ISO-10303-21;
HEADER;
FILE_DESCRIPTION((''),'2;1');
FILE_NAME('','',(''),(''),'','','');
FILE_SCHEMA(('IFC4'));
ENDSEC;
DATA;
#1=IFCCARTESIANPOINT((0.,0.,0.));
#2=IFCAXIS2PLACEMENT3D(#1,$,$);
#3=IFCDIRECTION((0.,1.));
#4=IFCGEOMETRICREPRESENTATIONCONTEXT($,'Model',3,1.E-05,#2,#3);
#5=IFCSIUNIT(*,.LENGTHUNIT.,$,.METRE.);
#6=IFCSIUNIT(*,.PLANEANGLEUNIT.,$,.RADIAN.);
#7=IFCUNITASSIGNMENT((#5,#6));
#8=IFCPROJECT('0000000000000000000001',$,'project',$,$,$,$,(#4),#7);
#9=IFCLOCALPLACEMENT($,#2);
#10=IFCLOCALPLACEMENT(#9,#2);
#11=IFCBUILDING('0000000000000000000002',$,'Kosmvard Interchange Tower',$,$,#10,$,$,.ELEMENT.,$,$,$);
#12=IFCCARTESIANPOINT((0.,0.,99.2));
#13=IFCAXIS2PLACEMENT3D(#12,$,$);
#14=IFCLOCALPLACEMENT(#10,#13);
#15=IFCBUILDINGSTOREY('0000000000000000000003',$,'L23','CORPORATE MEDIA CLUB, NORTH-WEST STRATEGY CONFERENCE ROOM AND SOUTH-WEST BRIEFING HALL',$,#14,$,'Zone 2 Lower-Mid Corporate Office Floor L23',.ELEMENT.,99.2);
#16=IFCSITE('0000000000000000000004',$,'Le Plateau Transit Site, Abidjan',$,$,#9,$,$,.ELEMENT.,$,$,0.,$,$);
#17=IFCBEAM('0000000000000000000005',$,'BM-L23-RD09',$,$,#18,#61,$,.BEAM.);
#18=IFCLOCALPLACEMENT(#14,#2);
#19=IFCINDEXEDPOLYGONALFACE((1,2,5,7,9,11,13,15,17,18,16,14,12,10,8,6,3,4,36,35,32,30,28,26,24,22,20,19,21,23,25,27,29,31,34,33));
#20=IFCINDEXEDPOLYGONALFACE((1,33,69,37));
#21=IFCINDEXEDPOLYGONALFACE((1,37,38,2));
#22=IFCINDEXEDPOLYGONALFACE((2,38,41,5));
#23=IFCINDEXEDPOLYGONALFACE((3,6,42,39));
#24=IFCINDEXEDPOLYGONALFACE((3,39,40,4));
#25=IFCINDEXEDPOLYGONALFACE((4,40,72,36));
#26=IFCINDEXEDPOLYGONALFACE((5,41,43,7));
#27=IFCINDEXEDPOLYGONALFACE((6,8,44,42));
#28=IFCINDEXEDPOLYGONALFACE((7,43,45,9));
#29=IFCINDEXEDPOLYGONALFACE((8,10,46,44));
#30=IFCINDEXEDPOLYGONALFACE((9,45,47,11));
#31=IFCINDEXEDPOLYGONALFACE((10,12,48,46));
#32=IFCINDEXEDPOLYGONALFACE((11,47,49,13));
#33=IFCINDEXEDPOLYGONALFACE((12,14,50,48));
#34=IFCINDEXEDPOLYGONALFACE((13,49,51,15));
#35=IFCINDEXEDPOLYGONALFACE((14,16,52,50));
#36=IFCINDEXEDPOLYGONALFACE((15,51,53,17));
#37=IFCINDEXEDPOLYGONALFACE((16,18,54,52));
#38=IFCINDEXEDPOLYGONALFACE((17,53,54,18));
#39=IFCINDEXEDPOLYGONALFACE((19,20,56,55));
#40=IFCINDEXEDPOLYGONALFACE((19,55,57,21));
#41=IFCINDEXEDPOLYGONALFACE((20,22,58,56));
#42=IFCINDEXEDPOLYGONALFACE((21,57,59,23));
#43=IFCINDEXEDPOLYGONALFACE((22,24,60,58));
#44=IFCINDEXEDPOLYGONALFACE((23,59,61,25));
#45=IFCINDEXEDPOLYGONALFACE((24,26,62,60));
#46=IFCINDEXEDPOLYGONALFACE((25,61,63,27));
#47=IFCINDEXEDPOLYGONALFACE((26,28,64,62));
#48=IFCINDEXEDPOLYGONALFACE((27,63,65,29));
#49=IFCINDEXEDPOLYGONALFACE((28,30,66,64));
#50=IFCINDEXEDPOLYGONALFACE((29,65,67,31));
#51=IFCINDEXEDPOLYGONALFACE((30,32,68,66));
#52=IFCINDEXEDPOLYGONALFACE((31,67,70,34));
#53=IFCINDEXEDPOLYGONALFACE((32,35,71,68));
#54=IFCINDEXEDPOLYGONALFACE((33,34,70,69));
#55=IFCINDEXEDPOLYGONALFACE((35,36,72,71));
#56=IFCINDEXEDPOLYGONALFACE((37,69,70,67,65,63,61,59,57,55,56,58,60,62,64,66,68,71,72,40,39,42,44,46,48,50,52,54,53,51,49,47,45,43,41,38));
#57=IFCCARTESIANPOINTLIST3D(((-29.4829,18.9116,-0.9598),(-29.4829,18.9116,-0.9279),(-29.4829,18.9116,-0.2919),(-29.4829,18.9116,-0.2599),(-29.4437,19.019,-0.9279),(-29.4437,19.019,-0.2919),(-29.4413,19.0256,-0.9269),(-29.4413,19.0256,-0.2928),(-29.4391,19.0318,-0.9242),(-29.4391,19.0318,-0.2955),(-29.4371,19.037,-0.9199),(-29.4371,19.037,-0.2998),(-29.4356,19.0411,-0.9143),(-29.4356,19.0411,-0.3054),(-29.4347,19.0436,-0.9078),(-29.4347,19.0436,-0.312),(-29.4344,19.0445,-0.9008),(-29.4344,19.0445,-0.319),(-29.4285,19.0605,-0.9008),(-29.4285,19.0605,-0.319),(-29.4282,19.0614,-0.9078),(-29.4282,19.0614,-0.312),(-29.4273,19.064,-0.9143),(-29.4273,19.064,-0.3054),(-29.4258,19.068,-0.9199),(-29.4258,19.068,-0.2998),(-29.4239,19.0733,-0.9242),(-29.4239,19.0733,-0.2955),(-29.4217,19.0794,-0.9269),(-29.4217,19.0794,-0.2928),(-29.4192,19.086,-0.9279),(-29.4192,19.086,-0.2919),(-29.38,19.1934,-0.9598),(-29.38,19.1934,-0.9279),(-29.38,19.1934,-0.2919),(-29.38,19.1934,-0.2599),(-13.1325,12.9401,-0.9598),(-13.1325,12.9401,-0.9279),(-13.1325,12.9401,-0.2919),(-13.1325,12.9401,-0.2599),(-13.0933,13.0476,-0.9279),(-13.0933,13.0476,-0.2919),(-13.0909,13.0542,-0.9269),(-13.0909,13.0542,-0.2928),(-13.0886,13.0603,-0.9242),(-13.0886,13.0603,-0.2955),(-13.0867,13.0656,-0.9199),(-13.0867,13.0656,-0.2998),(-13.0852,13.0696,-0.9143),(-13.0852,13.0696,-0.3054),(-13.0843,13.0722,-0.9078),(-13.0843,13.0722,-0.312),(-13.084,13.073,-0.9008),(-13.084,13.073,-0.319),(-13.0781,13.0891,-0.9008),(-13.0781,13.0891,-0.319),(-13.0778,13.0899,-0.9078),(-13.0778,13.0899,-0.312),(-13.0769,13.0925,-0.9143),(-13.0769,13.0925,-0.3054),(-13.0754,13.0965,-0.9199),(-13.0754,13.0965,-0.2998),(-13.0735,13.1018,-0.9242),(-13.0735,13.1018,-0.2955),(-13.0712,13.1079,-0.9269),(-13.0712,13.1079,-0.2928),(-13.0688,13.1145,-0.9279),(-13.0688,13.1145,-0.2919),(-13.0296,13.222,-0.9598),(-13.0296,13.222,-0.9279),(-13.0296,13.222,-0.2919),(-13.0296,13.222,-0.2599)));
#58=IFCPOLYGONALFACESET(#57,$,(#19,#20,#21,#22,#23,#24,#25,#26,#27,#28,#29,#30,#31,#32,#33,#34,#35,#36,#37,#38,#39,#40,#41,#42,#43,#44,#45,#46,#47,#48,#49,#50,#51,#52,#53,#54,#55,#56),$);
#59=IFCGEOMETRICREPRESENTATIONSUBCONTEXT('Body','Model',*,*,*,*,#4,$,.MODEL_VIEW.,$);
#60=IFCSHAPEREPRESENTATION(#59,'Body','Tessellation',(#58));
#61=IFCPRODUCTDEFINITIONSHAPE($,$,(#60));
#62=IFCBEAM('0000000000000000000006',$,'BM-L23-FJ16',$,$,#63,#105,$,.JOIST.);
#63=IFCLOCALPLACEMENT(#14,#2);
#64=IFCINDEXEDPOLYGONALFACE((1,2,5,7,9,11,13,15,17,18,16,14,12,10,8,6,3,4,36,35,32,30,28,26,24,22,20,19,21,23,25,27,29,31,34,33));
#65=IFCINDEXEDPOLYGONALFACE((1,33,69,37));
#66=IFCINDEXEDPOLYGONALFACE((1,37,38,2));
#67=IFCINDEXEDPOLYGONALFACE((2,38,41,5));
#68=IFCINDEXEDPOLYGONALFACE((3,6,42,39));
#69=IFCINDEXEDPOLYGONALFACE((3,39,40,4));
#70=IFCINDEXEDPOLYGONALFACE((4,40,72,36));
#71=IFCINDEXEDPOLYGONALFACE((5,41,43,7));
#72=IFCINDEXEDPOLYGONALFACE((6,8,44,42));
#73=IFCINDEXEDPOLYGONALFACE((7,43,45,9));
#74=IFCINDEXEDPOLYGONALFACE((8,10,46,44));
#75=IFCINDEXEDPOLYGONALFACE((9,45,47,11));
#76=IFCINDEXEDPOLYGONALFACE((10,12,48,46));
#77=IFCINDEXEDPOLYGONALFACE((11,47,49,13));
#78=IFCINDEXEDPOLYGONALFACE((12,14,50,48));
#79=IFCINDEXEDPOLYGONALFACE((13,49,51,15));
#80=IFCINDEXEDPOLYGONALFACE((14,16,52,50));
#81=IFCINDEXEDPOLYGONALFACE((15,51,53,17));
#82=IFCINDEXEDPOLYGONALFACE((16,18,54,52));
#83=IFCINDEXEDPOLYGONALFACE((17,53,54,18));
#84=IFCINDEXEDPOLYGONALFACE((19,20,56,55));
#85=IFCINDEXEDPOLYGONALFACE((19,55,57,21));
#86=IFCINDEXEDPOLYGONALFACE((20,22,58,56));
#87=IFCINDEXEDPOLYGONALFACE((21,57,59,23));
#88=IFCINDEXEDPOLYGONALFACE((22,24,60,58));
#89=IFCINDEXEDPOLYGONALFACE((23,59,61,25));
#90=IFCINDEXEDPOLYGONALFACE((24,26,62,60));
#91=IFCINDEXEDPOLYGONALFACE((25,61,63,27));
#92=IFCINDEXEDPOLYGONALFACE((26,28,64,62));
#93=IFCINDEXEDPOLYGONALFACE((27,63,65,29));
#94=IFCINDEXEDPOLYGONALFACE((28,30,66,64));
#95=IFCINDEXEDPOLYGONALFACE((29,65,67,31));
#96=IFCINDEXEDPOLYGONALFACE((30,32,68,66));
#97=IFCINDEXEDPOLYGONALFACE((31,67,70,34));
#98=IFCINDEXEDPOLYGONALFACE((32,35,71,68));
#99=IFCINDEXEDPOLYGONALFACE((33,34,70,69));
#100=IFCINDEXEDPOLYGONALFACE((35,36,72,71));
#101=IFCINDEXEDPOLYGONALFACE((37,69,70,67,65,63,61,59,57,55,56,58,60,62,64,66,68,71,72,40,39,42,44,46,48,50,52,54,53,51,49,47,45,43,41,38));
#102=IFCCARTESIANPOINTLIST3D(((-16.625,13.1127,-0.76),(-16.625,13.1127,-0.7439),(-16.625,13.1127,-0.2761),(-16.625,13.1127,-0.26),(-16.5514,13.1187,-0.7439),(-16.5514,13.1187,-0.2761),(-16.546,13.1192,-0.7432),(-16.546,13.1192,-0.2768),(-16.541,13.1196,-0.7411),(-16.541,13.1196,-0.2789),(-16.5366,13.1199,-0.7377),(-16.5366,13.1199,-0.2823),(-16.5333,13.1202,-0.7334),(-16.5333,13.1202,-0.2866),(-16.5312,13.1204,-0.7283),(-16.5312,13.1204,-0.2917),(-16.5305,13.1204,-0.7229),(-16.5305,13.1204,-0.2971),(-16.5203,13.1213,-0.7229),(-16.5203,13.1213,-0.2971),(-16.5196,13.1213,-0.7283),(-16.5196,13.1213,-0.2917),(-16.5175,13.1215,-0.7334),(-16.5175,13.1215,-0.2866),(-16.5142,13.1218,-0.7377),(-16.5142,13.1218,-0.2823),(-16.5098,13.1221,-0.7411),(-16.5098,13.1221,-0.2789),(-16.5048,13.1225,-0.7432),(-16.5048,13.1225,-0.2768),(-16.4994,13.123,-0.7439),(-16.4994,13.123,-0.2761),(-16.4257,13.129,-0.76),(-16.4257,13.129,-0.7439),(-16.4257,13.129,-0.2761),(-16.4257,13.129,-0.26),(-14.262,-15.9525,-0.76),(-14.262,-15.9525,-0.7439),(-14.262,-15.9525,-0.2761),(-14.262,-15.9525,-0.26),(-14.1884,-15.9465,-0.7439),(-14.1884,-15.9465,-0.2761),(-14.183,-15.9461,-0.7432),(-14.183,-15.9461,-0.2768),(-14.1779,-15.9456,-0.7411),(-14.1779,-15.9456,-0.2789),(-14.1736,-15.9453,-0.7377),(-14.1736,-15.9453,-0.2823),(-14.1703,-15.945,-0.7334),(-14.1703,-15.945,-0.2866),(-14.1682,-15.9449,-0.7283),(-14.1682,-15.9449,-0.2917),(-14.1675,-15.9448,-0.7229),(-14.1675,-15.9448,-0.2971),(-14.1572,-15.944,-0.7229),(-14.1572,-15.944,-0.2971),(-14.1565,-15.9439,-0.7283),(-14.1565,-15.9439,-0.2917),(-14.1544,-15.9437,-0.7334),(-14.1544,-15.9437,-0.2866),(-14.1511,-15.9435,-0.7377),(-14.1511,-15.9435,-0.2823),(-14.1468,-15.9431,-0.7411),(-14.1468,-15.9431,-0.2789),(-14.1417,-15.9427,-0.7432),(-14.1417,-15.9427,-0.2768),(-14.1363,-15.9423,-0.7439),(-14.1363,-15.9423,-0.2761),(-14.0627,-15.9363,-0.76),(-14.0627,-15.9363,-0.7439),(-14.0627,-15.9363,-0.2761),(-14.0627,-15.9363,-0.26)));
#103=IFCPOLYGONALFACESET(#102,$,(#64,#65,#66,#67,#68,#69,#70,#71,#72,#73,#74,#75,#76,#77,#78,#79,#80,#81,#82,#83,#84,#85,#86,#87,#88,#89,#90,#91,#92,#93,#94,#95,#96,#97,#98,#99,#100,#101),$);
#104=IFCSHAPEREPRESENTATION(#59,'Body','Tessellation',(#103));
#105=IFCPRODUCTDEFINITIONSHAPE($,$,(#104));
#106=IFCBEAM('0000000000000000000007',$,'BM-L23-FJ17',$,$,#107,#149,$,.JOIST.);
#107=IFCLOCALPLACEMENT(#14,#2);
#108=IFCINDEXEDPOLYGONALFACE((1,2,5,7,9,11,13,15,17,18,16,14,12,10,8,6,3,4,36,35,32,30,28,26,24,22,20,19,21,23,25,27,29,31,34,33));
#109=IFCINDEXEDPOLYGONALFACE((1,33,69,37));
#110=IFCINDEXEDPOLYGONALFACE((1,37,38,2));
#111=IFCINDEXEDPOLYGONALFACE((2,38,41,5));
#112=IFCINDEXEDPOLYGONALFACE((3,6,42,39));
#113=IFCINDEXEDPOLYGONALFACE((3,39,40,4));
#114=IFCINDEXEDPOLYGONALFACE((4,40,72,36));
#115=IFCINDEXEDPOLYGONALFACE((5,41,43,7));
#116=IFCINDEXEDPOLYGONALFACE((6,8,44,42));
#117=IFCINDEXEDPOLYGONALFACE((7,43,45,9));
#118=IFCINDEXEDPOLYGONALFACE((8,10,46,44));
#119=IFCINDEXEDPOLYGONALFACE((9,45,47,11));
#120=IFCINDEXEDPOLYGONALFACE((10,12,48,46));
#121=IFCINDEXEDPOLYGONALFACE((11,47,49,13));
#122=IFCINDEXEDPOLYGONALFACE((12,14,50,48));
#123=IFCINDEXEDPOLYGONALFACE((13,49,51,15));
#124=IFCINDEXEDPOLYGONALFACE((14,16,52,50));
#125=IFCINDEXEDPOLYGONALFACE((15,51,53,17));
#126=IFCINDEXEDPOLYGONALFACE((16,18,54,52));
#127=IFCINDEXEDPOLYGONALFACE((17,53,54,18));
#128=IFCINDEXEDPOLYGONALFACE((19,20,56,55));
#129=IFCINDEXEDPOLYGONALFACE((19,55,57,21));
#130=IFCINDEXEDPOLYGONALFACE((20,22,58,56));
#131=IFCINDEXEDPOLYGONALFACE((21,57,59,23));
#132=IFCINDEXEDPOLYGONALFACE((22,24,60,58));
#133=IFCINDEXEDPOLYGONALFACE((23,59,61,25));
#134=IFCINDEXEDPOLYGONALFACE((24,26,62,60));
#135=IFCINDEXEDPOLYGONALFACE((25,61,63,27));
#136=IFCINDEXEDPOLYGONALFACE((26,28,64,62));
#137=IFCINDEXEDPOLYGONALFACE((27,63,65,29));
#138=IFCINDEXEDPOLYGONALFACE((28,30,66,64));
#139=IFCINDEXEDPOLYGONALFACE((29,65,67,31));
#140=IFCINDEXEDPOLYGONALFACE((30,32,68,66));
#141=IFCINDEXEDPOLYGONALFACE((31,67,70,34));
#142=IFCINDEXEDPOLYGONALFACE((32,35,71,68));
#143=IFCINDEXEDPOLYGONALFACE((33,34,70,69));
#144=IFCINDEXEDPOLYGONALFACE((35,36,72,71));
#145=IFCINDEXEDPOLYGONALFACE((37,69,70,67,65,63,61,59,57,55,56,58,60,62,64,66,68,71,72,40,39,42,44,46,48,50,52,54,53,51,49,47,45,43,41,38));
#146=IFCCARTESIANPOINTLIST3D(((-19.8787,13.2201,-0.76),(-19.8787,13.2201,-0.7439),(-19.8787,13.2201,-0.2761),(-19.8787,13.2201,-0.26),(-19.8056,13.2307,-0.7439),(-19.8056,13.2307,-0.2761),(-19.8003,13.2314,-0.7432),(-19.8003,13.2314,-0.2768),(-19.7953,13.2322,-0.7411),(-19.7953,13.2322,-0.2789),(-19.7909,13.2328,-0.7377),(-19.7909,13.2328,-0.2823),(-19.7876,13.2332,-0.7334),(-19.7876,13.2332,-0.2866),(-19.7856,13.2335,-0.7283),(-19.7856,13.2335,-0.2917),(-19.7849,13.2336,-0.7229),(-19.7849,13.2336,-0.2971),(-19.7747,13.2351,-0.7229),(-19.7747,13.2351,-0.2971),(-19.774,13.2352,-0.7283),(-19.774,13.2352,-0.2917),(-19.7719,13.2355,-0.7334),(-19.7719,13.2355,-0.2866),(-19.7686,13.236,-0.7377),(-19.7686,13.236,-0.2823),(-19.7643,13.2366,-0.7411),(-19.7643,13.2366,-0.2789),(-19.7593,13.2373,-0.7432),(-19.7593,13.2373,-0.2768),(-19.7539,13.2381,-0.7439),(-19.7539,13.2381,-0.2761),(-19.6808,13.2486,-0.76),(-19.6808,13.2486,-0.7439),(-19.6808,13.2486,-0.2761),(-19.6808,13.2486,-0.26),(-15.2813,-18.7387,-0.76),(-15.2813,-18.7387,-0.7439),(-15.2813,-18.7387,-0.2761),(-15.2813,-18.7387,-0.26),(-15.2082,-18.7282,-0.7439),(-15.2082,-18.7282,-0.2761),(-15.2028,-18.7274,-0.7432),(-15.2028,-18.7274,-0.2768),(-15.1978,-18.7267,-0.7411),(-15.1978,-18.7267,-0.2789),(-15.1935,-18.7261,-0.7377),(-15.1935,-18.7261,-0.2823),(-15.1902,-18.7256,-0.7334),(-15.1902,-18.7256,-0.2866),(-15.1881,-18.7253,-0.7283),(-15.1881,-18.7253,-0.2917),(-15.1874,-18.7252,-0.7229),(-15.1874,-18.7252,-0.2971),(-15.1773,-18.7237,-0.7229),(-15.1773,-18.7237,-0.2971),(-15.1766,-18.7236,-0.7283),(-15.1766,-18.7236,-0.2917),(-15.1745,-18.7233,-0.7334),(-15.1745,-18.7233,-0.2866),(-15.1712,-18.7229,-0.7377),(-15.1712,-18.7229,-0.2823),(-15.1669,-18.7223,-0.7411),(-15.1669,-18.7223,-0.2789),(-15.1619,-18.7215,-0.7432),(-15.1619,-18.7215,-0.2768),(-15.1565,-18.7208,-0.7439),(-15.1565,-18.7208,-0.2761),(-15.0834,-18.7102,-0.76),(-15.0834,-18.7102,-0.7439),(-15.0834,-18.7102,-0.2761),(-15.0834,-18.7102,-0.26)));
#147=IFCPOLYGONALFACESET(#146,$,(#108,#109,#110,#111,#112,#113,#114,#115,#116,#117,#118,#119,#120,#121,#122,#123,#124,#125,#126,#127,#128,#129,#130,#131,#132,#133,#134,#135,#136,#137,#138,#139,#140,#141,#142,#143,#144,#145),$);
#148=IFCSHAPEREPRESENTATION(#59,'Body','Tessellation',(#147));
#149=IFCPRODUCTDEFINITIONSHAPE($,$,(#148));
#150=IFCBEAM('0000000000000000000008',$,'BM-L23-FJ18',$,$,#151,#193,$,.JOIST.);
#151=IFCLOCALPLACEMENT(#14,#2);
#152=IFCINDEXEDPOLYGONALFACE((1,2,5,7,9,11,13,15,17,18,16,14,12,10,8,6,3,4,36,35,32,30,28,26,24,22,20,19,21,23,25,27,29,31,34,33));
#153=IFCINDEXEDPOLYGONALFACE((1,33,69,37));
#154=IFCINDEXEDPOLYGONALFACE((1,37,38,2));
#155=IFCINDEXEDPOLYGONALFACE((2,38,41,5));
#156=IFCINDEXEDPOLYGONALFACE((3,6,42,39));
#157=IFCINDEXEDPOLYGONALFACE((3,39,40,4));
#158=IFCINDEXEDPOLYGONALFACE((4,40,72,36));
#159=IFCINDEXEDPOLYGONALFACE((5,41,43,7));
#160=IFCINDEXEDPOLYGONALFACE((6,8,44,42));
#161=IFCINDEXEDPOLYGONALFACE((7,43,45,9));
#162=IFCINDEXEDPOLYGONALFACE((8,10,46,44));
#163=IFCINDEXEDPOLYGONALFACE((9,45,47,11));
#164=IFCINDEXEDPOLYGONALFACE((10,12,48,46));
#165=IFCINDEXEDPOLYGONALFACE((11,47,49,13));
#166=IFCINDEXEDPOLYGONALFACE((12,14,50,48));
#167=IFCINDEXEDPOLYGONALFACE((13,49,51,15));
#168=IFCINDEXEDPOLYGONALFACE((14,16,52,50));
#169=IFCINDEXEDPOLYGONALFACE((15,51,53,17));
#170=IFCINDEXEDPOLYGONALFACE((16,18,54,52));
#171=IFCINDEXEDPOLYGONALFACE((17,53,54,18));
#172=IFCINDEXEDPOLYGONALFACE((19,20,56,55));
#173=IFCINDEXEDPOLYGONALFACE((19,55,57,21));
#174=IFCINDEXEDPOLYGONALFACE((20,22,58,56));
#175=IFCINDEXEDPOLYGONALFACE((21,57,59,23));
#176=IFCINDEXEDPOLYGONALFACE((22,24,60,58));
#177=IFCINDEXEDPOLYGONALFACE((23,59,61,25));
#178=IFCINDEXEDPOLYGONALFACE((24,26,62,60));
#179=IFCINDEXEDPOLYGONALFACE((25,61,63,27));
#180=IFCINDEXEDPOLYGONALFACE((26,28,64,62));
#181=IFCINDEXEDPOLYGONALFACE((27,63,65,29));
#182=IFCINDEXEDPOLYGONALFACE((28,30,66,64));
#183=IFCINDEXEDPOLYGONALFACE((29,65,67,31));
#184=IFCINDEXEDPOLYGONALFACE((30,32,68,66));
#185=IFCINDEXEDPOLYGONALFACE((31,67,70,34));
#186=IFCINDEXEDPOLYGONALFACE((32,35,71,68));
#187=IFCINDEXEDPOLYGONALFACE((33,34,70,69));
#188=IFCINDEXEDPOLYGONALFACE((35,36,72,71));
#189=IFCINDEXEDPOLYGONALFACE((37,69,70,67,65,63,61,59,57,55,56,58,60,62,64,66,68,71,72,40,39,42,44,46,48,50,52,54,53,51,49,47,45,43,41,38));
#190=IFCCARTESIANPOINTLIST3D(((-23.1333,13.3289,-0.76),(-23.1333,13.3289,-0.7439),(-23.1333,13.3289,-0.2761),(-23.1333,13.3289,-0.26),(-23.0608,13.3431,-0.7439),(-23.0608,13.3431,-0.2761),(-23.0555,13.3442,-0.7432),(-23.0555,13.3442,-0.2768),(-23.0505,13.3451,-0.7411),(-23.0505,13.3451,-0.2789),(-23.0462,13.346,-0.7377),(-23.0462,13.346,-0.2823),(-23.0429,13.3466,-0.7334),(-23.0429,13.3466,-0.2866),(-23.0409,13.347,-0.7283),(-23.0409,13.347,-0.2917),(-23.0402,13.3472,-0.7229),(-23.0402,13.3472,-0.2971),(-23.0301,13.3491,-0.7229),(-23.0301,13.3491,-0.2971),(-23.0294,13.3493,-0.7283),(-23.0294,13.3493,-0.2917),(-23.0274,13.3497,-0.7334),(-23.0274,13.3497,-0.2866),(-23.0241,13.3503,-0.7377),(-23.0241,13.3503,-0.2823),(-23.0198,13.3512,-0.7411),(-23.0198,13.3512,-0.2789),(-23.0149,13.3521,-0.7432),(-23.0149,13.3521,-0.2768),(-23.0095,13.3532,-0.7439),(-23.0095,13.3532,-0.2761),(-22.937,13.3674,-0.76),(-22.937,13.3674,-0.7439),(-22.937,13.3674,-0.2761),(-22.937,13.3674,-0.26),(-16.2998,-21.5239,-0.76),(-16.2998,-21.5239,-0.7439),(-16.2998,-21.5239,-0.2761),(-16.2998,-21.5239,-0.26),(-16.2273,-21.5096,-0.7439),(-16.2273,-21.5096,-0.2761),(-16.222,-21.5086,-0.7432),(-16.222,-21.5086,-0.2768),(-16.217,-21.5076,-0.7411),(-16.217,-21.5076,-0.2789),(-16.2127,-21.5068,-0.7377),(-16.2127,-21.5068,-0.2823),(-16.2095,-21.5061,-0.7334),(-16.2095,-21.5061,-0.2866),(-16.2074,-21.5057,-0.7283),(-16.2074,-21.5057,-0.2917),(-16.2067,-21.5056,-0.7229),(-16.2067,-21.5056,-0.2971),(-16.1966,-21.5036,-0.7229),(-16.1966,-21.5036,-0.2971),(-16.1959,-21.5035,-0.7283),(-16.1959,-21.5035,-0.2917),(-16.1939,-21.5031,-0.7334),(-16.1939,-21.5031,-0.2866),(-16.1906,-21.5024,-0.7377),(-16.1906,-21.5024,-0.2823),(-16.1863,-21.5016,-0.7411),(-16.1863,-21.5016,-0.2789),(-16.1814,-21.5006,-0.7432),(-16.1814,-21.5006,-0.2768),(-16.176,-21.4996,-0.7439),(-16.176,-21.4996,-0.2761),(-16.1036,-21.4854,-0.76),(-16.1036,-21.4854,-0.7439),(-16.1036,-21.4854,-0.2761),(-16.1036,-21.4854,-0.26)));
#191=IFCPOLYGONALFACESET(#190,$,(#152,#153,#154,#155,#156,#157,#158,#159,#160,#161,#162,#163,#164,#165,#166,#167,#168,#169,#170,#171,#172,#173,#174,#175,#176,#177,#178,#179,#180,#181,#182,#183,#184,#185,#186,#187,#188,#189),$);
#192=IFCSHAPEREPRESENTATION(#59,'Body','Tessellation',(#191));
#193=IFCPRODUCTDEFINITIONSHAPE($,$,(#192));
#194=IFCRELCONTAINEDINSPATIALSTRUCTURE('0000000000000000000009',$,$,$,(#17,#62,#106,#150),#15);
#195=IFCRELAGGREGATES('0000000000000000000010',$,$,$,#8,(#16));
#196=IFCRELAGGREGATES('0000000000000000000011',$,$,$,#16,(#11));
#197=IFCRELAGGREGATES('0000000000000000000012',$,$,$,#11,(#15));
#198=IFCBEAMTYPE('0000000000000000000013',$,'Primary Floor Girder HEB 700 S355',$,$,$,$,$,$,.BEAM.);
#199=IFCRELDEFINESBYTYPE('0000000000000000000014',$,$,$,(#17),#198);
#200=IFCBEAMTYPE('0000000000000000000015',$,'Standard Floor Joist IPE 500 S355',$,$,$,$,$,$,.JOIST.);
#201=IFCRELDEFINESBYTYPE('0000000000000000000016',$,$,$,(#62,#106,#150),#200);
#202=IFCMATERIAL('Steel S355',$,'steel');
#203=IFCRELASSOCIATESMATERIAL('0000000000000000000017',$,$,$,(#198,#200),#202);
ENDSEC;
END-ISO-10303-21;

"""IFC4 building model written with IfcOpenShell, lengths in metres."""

from ifc_helpers import new_model, si_unit, direction, frame, origin, origin_2d, place, context, subcontext, project, spatial, i_section, extrude, source, transform, mapped, material, material_profile, profile_set, type_object, element, save


model = new_model("IFC4")

# Units and contexts
model_context = context("Model", 3, precision=1e-05, world=origin(), true_north=direction((0.0, 1.0)))
body_context = subcontext(model_context, "Body", "Model", "MODEL_VIEW")
ifc_project = project(units=[si_unit("LENGTHUNIT", "METRE"), si_unit("PLANEANGLEUNIT", "RADIAN")], contexts=[model_context])

# Site, building, storey
site_placement = place(None, origin())
site = spatial("IfcSite", under=ifc_project, at=site_placement, Name="Le Plateau Transit Site, Abidjan", CompositionType="ELEMENT", RefElevation=0.0)
building_placement = place(site_placement, origin())
building = spatial("IfcBuilding", under=site, at=building_placement, Name="Kosmvard Interchange Tower", CompositionType="ELEMENT")
storey_placement = place(building_placement, frame((0.0, 0.0, 99.2)))
storey = spatial("IfcBuildingStorey", under=building, at=storey_placement, Name="L23", Description="CORPORATE MEDIA CLUB, NORTH-WEST STRATEGY CONFERENCE ROOM AND SOUTH-WEST BRIEFING HALL", LongName="Zone 2 Lower-Mid Corporate Office Floor L23", CompositionType="ELEMENT", Elevation=99.2)

# Beams
ifc_material_1 = material(Name="Steel S355", Category="steel")
ifc_material_profile_1 = material_profile(ifc_material_1, i_section(OverallWidth=0.3, OverallDepth=0.7, WebThickness=0.0171, FlangeThickness=0.032, FilletRadius=0.0271, at=origin_2d()), Name="HEB 700")
ifc_profile_set_1 = profile_set([ifc_material_profile_1], Name="Steel S355")
beam_type_1 = type_object("IfcBeamType", Name="Primary Floor Girder HEB 700 S355", PredefinedType="BEAM", material=ifc_profile_set_1)
shared_shape_1 = source(origin(), body_context, "Body", "SweptSolid", [
    extrude(i_section(OverallWidth=0.3, OverallDepth=0.7, WebThickness=0.0171, FlangeThickness=0.032, FilletRadius=0.0271, at=origin_2d()), origin(), (0.0, 0.0, 1.0), 17.4067),
])
beam_1_placement = place(storey_placement, frame((-13.0811, 13.0811, -0.6099), z_axis=(-0.939315, 0.343055, 0.0), x_axis=(-0.343055, -0.939315, 0.0)))
element("IfcBeam", 1, at=beam_1_placement, inside=storey, type_object=beam_type_1, Name="BM-L23-RD09", PredefinedType="BEAM", context=body_context, shape_type="MappedRepresentation", body=[
    mapped(shared_shape_1, transform((0.0, 0.0, 0.0), scale=1.0)),
])
ifc_material_profile_2 = material_profile(ifc_material_1, i_section(OverallWidth=0.2, OverallDepth=0.5, WebThickness=0.0103, FlangeThickness=0.0161, FilletRadius=0.021, at=origin_2d()), Name="IPE 500")
ifc_profile_set_2 = profile_set([ifc_material_profile_2], Name="Steel S355")
beam_type_2 = type_object("IfcBeamType", Name="Standard Floor Joist IPE 500 S355", PredefinedType="JOIST", material=ifc_profile_set_2)
shared_shape_2 = source(origin(), body_context, "Body", "SweptSolid", [
    extrude(i_section(OverallWidth=0.2, OverallDepth=0.5, WebThickness=0.0103, FlangeThickness=0.0161, FilletRadius=0.021, at=origin_2d()), origin(), (0.0, 0.0, 1.0), 29.1611),
])
beam_2_placement = place(storey_placement, frame((-16.5254, 13.1208, -0.51), z_axis=(0.081034, -0.996711, 0.0), x_axis=(0.996711, 0.081034, 0.0)))
element("IfcBeam", 2, at=beam_2_placement, inside=storey, type_object=beam_type_2, Name="BM-L23-FJ16", PredefinedType="JOIST", context=body_context, shape_type="MappedRepresentation", body=[
    mapped(shared_shape_2, transform((0.0, 0.0, 0.0), scale=1.0)),
])
shared_shape_3 = source(origin(), body_context, "Body", "SweptSolid", [
    extrude(i_section(OverallWidth=0.2, OverallDepth=0.5, WebThickness=0.0103, FlangeThickness=0.0161, FilletRadius=0.021, at=origin_2d()), origin(), (0.0, 0.0, 1.0), 32.2878),
])
beam_3_placement = place(storey_placement, frame((-19.7798, 13.2344, -0.51), z_axis=(0.142389, -0.989811, 0.0), x_axis=(0.989811, 0.142389, 0.0)))
element("IfcBeam", 3, at=beam_3_placement, inside=storey, type_object=beam_type_2, Name="BM-L23-FJ17", PredefinedType="JOIST", context=body_context, shape_type="MappedRepresentation", body=[
    mapped(shared_shape_3, transform((0.0, 0.0, 0.0), scale=1.0)),
])
shared_shape_4 = source(origin(), body_context, "Body", "SweptSolid", [
    extrude(i_section(OverallWidth=0.2, OverallDepth=0.5, WebThickness=0.0103, FlangeThickness=0.0161, FilletRadius=0.021, at=origin_2d()), origin(), (0.0, 0.0, 1.0), 35.5164),
])
beam_4_placement = place(storey_placement, frame((-23.0352, 13.3481, -0.51), z_axis=(0.192404, -0.981316, 0.0), x_axis=(0.981316, 0.192404, 0.0)))
element("IfcBeam", 4, at=beam_4_placement, inside=storey, type_object=beam_type_2, Name="BM-L23-FJ18", PredefinedType="JOIST", context=body_context, shape_type="MappedRepresentation", body=[
    mapped(shared_shape_4, transform((0.0, 0.0, 0.0), scale=1.0)),
])

save(model, "model.ifc")
